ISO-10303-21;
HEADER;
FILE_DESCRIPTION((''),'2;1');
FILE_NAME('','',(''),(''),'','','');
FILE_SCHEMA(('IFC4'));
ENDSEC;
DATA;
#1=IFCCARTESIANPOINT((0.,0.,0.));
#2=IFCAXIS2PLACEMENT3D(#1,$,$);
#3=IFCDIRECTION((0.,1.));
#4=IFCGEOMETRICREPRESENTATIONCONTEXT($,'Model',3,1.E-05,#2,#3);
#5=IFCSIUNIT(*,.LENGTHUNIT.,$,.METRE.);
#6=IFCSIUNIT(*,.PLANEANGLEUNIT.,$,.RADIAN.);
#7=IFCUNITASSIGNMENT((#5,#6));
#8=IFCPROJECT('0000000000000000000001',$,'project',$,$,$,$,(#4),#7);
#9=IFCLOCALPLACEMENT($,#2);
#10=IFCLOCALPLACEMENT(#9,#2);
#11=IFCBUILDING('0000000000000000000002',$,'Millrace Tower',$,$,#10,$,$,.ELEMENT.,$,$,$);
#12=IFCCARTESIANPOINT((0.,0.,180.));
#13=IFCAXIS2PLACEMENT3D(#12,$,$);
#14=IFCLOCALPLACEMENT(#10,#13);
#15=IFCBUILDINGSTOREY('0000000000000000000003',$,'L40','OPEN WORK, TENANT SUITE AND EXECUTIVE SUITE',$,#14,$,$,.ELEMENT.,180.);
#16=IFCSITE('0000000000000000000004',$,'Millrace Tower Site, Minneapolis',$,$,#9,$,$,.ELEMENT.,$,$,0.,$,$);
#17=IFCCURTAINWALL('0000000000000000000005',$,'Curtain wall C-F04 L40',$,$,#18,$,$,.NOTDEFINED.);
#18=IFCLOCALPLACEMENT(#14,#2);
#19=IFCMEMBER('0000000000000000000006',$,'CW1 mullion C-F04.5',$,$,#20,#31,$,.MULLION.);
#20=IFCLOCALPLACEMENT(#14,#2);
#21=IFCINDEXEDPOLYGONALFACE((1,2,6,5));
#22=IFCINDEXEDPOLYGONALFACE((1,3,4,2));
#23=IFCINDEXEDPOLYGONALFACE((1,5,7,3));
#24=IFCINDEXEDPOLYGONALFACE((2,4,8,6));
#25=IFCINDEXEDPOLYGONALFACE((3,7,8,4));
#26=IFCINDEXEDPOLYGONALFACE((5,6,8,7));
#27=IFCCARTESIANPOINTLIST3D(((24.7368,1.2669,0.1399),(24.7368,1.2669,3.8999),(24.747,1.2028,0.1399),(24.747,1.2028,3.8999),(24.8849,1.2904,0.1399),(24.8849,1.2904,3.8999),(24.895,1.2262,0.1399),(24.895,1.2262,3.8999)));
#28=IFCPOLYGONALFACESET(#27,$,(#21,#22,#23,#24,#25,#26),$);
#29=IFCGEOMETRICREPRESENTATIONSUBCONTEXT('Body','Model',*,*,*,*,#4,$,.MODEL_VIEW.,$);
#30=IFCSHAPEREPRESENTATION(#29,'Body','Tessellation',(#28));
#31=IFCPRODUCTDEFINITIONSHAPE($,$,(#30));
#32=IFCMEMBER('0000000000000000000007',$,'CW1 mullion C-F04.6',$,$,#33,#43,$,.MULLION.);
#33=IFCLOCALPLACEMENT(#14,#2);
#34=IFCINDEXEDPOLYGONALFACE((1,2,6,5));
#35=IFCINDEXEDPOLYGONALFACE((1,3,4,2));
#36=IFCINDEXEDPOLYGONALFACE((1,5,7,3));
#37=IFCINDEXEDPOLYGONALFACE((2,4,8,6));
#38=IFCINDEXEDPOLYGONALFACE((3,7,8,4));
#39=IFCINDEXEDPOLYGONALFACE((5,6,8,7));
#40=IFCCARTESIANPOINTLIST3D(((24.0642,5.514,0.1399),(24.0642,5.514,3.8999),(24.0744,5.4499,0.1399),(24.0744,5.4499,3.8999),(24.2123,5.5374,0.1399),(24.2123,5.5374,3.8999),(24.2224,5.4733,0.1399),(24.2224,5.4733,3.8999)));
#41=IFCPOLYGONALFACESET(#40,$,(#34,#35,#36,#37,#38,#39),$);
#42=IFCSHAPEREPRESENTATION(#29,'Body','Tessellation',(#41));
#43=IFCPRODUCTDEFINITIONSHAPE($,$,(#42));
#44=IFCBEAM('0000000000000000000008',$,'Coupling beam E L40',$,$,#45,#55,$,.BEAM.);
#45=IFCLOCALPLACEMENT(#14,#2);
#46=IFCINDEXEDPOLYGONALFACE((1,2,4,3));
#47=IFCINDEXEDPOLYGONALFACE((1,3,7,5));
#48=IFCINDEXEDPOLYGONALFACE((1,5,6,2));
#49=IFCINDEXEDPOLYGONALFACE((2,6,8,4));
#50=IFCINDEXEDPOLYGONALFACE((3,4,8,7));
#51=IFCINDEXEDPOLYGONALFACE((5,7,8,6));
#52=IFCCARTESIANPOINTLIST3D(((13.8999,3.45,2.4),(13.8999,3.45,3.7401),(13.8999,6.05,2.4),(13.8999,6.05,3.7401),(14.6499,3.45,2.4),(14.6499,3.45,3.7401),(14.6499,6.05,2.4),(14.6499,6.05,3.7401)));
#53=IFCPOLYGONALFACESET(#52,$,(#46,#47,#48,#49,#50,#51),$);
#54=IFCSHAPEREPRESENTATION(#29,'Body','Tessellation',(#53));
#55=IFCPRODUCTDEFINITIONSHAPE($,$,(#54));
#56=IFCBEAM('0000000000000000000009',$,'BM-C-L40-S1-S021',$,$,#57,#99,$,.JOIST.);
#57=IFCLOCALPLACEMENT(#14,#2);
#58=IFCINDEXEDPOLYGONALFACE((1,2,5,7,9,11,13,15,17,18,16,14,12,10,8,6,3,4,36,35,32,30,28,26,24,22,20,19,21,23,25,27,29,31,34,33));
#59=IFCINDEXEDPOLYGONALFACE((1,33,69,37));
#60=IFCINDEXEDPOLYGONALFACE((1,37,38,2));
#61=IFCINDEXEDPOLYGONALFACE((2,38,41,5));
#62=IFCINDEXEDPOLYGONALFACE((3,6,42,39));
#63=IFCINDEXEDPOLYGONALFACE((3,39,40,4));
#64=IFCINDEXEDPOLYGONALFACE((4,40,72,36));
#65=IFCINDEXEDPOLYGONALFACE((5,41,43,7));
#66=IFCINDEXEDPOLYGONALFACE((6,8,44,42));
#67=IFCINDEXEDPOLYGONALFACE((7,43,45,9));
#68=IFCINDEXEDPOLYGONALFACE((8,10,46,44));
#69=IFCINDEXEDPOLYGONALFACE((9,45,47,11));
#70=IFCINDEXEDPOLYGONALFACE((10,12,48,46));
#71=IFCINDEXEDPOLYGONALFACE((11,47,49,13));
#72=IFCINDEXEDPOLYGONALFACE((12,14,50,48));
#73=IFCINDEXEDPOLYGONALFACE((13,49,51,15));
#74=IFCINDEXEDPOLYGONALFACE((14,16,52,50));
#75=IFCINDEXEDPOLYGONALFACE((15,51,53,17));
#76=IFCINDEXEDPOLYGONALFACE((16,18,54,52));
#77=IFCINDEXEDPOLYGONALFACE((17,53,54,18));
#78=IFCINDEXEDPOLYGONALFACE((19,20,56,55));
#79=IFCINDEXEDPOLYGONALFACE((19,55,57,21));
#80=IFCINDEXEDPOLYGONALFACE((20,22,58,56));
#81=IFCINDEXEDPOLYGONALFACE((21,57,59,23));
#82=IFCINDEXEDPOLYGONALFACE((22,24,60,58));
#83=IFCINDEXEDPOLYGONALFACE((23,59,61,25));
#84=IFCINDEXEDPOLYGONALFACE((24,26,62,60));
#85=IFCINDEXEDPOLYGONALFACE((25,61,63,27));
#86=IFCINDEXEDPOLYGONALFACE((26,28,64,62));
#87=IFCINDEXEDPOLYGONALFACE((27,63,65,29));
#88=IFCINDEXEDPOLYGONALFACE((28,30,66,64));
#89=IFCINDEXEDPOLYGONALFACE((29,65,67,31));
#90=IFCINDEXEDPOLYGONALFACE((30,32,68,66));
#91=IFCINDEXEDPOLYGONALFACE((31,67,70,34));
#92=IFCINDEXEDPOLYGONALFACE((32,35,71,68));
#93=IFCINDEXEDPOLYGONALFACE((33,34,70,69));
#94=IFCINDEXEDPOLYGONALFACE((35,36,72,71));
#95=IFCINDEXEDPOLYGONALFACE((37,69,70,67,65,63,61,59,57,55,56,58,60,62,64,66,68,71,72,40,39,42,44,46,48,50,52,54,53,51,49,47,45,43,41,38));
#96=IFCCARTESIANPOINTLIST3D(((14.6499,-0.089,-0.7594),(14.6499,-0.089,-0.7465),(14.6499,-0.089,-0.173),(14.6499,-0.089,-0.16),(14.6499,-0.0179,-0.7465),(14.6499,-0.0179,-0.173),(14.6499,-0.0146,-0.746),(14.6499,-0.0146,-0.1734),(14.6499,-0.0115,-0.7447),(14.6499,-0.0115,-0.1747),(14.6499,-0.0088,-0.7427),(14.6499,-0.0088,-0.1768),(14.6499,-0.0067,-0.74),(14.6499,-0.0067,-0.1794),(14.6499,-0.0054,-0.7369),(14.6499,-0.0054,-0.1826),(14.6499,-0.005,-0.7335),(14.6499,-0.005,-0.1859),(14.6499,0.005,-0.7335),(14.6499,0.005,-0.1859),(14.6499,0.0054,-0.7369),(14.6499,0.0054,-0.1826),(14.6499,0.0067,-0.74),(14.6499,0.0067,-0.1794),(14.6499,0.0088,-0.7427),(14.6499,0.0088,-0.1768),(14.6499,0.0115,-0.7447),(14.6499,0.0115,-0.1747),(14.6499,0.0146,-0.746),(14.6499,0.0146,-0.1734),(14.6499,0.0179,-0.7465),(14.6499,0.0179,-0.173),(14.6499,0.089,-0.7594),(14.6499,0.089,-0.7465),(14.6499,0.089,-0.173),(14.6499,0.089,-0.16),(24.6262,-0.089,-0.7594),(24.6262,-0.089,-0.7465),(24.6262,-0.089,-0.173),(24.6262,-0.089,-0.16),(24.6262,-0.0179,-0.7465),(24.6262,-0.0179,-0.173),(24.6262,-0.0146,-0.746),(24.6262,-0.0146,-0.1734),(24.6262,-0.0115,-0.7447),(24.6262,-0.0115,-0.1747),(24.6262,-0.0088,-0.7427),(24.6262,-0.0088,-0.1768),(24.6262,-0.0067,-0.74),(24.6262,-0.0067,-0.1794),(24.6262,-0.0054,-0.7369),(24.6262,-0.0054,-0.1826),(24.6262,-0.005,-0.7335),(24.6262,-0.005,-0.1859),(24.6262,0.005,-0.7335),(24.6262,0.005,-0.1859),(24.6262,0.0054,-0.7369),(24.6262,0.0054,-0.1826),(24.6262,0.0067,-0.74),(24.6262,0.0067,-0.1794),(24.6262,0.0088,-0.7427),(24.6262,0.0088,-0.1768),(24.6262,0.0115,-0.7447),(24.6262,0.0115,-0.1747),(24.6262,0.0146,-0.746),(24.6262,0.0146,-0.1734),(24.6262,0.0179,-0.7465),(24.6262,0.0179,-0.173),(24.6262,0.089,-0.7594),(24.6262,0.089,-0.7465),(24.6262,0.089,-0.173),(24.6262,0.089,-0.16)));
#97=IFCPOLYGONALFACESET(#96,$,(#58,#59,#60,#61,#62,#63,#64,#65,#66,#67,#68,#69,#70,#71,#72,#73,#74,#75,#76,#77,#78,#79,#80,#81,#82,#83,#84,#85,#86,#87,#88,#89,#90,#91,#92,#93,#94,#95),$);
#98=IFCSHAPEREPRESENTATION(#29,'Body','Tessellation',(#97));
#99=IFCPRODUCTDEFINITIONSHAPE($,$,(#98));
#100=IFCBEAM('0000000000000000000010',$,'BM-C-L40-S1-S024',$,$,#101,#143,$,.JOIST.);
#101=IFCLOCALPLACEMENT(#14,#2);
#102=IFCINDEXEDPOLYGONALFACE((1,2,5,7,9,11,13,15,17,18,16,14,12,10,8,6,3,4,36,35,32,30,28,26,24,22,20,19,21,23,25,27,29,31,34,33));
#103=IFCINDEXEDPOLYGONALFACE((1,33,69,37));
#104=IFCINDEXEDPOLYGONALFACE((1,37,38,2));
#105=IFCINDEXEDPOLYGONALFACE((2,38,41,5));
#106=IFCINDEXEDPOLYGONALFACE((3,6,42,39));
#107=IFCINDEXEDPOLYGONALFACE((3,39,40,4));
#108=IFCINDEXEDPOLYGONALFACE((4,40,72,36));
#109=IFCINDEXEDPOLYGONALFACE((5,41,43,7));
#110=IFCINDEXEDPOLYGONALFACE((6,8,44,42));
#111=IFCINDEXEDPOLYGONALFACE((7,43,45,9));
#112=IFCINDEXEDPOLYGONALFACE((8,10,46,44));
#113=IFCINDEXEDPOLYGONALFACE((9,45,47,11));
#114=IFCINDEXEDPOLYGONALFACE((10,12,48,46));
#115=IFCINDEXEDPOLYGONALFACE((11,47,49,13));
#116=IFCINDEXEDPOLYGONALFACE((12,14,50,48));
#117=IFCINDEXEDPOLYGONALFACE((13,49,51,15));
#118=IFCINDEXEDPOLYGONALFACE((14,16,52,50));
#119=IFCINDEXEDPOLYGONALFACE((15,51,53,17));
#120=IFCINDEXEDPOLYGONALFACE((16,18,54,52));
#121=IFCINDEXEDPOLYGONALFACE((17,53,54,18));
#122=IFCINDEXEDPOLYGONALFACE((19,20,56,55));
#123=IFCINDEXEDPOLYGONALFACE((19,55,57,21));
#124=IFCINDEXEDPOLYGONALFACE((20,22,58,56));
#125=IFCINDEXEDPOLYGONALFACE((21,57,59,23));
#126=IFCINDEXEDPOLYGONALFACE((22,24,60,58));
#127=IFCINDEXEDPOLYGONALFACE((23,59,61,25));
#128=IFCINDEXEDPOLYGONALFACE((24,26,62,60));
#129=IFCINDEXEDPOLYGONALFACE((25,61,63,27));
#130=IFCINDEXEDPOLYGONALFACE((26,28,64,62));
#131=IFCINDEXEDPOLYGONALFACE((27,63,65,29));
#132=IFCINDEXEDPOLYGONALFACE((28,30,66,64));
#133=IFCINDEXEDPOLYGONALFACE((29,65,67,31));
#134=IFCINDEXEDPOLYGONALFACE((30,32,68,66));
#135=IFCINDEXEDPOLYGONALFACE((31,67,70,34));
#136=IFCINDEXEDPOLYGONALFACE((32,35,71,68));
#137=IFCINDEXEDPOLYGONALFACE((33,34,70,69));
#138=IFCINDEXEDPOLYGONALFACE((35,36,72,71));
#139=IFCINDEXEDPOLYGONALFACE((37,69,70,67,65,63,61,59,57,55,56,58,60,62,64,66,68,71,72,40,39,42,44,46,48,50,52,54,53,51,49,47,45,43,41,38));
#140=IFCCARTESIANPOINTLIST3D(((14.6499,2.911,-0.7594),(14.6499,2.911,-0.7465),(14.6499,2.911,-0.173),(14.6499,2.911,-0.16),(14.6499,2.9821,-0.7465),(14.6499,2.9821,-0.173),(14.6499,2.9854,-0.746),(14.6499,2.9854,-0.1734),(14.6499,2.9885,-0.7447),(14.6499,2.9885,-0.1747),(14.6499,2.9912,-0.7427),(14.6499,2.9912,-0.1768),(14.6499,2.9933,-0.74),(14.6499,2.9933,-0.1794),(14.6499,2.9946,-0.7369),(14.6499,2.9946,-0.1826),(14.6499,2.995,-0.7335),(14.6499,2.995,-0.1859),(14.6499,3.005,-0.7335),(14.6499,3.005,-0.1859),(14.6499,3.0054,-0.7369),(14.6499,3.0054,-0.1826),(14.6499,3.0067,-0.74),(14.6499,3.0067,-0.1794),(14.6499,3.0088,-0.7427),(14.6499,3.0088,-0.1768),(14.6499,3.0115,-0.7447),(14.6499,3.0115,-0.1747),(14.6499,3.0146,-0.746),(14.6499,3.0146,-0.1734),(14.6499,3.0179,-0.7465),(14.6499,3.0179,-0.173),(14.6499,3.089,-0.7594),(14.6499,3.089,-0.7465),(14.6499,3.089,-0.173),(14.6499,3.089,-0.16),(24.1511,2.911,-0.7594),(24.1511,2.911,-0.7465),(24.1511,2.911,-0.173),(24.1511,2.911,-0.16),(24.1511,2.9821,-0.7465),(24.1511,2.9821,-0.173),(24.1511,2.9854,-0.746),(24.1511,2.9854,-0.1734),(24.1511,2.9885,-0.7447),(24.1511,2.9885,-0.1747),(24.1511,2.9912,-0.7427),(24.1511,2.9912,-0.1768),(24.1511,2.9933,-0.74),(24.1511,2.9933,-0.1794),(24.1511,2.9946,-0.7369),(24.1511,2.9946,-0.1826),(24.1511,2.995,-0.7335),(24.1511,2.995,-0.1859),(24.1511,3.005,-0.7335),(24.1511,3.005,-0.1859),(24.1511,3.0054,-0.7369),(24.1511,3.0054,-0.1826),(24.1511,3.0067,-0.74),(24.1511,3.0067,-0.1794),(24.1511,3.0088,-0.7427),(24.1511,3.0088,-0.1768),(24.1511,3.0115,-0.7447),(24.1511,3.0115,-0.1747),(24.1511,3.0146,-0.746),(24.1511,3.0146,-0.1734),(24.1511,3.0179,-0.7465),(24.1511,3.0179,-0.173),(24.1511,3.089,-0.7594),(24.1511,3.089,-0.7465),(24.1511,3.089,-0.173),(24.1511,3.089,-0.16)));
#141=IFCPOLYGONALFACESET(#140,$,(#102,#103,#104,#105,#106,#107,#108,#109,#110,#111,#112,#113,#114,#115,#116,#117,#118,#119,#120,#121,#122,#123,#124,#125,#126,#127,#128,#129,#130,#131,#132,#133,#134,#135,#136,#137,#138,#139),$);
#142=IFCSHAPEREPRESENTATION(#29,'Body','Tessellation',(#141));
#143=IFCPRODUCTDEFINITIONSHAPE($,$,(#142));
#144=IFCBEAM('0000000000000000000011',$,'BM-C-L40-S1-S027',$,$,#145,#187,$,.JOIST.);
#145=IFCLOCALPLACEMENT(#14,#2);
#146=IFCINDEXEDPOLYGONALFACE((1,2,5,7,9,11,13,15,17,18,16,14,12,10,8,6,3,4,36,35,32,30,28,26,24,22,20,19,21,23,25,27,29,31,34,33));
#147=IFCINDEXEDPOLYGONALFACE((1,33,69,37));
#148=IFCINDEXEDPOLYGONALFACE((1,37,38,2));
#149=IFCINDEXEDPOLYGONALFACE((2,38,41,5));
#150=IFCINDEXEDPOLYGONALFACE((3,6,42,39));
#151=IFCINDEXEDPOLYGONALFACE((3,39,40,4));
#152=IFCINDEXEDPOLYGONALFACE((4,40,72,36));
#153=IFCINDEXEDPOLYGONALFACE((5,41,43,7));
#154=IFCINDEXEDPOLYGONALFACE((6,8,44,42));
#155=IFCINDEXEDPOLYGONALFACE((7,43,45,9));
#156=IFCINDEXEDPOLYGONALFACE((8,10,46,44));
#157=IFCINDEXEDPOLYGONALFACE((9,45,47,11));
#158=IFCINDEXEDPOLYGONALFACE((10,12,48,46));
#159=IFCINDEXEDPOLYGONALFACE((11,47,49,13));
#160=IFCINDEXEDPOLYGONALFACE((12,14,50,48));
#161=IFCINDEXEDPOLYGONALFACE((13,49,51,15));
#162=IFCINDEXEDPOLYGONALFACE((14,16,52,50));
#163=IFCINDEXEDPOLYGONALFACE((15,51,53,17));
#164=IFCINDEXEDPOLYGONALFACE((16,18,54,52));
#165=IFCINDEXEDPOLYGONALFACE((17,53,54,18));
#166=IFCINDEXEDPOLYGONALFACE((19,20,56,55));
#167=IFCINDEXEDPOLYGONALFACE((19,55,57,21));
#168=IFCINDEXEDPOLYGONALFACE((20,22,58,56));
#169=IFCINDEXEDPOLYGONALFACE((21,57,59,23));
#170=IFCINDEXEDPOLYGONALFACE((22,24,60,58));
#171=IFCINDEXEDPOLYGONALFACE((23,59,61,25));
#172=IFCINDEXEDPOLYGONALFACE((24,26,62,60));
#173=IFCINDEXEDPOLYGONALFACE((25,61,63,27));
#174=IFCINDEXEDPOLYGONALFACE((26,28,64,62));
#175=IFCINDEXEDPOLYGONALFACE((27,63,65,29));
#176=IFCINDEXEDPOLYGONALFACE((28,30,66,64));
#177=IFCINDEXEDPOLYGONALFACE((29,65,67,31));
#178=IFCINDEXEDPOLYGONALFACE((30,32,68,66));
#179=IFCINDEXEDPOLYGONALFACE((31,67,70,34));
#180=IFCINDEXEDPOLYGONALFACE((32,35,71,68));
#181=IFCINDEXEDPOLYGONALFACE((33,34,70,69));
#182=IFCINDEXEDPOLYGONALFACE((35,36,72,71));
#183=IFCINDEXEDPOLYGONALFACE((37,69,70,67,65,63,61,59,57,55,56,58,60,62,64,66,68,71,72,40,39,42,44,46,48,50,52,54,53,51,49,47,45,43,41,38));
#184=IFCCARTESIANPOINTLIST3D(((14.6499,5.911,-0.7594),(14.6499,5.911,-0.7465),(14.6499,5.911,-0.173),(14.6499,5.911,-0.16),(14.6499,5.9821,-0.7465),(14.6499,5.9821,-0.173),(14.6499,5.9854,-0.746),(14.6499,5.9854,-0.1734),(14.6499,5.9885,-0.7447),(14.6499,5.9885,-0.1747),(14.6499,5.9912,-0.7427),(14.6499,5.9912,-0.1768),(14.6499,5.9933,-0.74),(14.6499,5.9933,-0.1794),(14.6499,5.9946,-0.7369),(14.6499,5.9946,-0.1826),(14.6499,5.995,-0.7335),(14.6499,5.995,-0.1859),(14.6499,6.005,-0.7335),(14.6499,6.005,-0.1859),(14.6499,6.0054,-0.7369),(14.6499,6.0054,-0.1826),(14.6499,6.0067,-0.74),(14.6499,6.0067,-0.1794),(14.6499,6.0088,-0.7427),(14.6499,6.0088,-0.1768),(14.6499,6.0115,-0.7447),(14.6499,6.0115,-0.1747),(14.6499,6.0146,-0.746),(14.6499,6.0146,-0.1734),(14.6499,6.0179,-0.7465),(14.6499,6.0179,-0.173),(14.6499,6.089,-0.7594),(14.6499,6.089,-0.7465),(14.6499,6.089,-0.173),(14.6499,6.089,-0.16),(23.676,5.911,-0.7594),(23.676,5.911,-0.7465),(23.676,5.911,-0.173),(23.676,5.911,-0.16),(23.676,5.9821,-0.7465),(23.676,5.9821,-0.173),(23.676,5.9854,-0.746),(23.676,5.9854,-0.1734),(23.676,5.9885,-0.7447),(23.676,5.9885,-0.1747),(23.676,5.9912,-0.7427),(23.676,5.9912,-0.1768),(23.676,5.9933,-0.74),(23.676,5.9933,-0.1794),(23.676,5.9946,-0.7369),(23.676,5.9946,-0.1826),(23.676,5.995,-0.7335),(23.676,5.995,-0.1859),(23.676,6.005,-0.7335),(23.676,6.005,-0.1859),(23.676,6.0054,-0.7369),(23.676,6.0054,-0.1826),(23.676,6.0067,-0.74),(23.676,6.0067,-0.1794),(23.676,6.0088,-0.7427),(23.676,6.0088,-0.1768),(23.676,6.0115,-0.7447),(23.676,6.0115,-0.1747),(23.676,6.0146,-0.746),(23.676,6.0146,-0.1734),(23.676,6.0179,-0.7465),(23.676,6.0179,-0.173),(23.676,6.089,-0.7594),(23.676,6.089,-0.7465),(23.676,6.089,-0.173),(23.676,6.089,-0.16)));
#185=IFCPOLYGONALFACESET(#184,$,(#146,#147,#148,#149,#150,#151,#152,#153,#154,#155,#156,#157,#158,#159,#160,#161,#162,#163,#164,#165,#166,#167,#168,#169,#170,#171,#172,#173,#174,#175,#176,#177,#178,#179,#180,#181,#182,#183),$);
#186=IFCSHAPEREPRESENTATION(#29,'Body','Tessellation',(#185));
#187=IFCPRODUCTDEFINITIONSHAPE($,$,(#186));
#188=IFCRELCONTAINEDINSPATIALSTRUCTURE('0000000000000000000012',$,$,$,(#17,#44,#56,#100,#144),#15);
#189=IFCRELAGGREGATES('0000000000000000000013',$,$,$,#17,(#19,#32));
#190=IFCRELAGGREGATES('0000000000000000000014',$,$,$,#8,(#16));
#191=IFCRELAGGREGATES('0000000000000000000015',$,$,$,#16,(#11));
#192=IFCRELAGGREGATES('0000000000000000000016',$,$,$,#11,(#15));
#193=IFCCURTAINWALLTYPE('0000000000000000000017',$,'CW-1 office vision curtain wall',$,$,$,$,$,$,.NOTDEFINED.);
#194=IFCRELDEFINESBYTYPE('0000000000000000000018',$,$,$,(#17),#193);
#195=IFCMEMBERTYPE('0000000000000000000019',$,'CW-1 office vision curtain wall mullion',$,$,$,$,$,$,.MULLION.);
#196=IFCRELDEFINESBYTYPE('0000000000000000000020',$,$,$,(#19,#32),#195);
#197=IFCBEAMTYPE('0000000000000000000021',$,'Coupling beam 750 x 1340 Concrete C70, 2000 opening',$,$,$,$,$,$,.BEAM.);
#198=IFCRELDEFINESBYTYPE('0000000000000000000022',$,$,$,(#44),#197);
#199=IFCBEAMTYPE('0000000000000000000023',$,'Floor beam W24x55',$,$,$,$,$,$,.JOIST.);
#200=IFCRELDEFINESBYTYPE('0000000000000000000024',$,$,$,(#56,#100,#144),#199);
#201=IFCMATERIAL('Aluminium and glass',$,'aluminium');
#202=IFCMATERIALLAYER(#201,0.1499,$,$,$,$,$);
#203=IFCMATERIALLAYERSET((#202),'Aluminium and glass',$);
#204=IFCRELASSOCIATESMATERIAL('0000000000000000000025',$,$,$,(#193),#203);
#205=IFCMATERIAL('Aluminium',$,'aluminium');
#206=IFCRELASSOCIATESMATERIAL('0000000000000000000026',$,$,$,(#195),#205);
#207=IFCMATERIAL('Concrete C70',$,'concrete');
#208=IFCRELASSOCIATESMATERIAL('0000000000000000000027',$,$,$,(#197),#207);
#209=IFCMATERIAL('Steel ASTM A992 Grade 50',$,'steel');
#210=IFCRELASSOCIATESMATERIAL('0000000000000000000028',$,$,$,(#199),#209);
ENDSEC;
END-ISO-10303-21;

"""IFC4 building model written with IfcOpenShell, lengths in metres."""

from ifc_helpers import new_model, si_unit, direction, frame, origin, origin_2d, place, context, subcontext, project, spatial, rectangle, i_section, extrude, material, layer, layer_set, material_profile, profile_set, type_object, element, aggregate, save


model = new_model("IFC4")

# Units and contexts
model_context = context("Model", 3, precision=1e-05, world=origin(), true_north=direction((0.0, 1.0)))
body_context = subcontext(model_context, "Body", "Model", "MODEL_VIEW")
ifc_project = project(units=[si_unit("LENGTHUNIT", "METRE"), si_unit("PLANEANGLEUNIT", "RADIAN")], contexts=[model_context])

# Site, building, storey
site_placement = place(None, origin())
site = spatial("IfcSite", under=ifc_project, at=site_placement, Name="Millrace Tower Site, Minneapolis", CompositionType="ELEMENT", RefElevation=0.0)
building_placement = place(site_placement, origin())
building = spatial("IfcBuilding", under=site, at=building_placement, Name="Millrace Tower", CompositionType="ELEMENT")
storey_placement = place(building_placement, frame((0.0, 0.0, 180.0)))
storey = spatial("IfcBuildingStorey", under=building, at=storey_placement, Name="L40", Description="OPEN WORK, TENANT SUITE AND EXECUTIVE SUITE", CompositionType="ELEMENT", Elevation=180.0)

# Curtain wall, members
ifc_material_1 = material(Name="Aluminium and glass", Category="aluminium")
ifc_layer_1 = layer(ifc_material_1, 0.1499)
ifc_layer_set_1 = layer_set([ifc_layer_1], Name="Aluminium and glass")
curtain_wall_type = type_object("IfcCurtainWallType", Name="CW-1 office vision curtain wall", PredefinedType="NOTDEFINED", material=ifc_layer_set_1)
curtain_wall_placement = place(storey_placement, origin())
curtain_wall = element("IfcCurtainWall", 1, at=curtain_wall_placement, inside=storey, type_object=curtain_wall_type, Name="Curtain wall C-F04 L40", PredefinedType="NOTDEFINED")
ifc_material_2 = material(Name="Aluminium", Category="aluminium")
ifc_material_profile_1 = material_profile(ifc_material_2, rectangle(XDim=0.0649, YDim=0.1499, at=origin_2d()))
ifc_profile_set_1 = profile_set([ifc_material_profile_1], Name="Aluminium")
member_type = type_object("IfcMemberType", Name="CW-1 office vision curtain wall mullion", PredefinedType="MULLION", material=ifc_profile_set_1)
member_1_placement = place(storey_placement, frame((24.8159, 1.2466, 0.1399), z_axis=(0.0, 0.0, 1.0), x_axis=(-0.156434, 0.987688, 0.0)))
member_1 = element("IfcMember", 2, at=member_1_placement, type_object=member_type, Name="CW1 mullion C-F04.5", PredefinedType="MULLION", context=body_context, shape_type="SweptSolid", body=[
    extrude(rectangle(XDim=0.0649, YDim=0.1499, at=origin_2d()), origin(), (0.0, 0.0, 1.0), 3.76),
])
member_2_placement = place(storey_placement, frame((24.1433, 5.4937, 0.1399), z_axis=(0.0, 0.0, 1.0), x_axis=(-0.156434, 0.987688, 0.0)))
member_2 = element("IfcMember", 3, at=member_2_placement, type_object=member_type, Name="CW1 mullion C-F04.6", PredefinedType="MULLION", context=body_context, shape_type="SweptSolid", body=[
    extrude(rectangle(XDim=0.0649, YDim=0.1499, at=origin_2d()), origin(), (0.0, 0.0, 1.0), 3.76),
])
aggregate(curtain_wall, [member_1, member_2])

# Beams
ifc_material_3 = material(Name="Concrete C70", Category="concrete")
ifc_material_profile_2 = material_profile(ifc_material_3, rectangle(XDim=0.75, YDim=1.3401, at=origin_2d()))
ifc_profile_set_2 = profile_set([ifc_material_profile_2], Name="Concrete C70")
beam_type_1 = type_object("IfcBeamType", Name="Coupling beam 750 x 1340 Concrete C70, 2000 opening", PredefinedType="BEAM", material=ifc_profile_set_2)
beam_1_placement = place(storey_placement, frame((14.2749, 6.05, 3.0701), z_axis=(0.0, -1.0, 0.0), x_axis=(1.0, 0.0, 0.0)))
element("IfcBeam", 4, at=beam_1_placement, inside=storey, type_object=beam_type_1, Name="Coupling beam E L40", PredefinedType="BEAM", context=body_context, shape_type="SweptSolid", body=[
    extrude(rectangle(XDim=0.75, YDim=1.3401, at=origin_2d()), origin(), (0.0, 0.0, 1.0), 2.6001),
])
ifc_material_4 = material(Name="Steel ASTM A992 Grade 50", Category="steel")
ifc_material_profile_3 = material_profile(ifc_material_4, i_section(OverallWidth=0.178, OverallDepth=0.5994, WebThickness=0.01, FlangeThickness=0.0129, FilletRadius=0.0129, at=origin_2d()))
ifc_profile_set_3 = profile_set([ifc_material_profile_3], Name="Steel ASTM A992 Grade 50")
beam_type_2 = type_object("IfcBeamType", Name="Floor beam W24x55", PredefinedType="JOIST", material=ifc_profile_set_3)
beam_2_placement = place(storey_placement, frame((14.6499, 0.0, -0.4597), z_axis=(1.0, 0.0, 0.0), x_axis=(0.0, 1.0, 0.0)))
element("IfcBeam", 5, at=beam_2_placement, inside=storey, type_object=beam_type_2, Name="BM-C-L40-S1-S021", PredefinedType="JOIST", context=body_context, shape_type="SweptSolid", body=[
    extrude(i_section(OverallWidth=0.178, OverallDepth=0.5994, WebThickness=0.01, FlangeThickness=0.0129, FilletRadius=0.0129, at=origin_2d()), origin(), (0.0, 0.0, 1.0), 9.9763),
])
beam_3_placement = place(storey_placement, frame((14.6499, 3.0, -0.4597), z_axis=(1.0, 0.0, 0.0), x_axis=(0.0, 1.0, 0.0)))
element("IfcBeam", 6, at=beam_3_placement, inside=storey, type_object=beam_type_2, Name="BM-C-L40-S1-S024", PredefinedType="JOIST", context=body_context, shape_type="SweptSolid", body=[
    extrude(i_section(OverallWidth=0.178, OverallDepth=0.5994, WebThickness=0.01, FlangeThickness=0.0129, FilletRadius=0.0129, at=origin_2d()), origin(), (0.0, 0.0, 1.0), 9.5012),
])
beam_4_placement = place(storey_placement, frame((14.6499, 6.0, -0.4597), z_axis=(1.0, 0.0, 0.0), x_axis=(0.0, 1.0, 0.0)))
element("IfcBeam", 7, at=beam_4_placement, inside=storey, type_object=beam_type_2, Name="BM-C-L40-S1-S027", PredefinedType="JOIST", context=body_context, shape_type="SweptSolid", body=[
    extrude(i_section(OverallWidth=0.178, OverallDepth=0.5994, WebThickness=0.01, FlangeThickness=0.0129, FilletRadius=0.0129, at=origin_2d()), origin(), (0.0, 0.0, 1.0), 9.0261),
])

save(model, "model.ifc")
